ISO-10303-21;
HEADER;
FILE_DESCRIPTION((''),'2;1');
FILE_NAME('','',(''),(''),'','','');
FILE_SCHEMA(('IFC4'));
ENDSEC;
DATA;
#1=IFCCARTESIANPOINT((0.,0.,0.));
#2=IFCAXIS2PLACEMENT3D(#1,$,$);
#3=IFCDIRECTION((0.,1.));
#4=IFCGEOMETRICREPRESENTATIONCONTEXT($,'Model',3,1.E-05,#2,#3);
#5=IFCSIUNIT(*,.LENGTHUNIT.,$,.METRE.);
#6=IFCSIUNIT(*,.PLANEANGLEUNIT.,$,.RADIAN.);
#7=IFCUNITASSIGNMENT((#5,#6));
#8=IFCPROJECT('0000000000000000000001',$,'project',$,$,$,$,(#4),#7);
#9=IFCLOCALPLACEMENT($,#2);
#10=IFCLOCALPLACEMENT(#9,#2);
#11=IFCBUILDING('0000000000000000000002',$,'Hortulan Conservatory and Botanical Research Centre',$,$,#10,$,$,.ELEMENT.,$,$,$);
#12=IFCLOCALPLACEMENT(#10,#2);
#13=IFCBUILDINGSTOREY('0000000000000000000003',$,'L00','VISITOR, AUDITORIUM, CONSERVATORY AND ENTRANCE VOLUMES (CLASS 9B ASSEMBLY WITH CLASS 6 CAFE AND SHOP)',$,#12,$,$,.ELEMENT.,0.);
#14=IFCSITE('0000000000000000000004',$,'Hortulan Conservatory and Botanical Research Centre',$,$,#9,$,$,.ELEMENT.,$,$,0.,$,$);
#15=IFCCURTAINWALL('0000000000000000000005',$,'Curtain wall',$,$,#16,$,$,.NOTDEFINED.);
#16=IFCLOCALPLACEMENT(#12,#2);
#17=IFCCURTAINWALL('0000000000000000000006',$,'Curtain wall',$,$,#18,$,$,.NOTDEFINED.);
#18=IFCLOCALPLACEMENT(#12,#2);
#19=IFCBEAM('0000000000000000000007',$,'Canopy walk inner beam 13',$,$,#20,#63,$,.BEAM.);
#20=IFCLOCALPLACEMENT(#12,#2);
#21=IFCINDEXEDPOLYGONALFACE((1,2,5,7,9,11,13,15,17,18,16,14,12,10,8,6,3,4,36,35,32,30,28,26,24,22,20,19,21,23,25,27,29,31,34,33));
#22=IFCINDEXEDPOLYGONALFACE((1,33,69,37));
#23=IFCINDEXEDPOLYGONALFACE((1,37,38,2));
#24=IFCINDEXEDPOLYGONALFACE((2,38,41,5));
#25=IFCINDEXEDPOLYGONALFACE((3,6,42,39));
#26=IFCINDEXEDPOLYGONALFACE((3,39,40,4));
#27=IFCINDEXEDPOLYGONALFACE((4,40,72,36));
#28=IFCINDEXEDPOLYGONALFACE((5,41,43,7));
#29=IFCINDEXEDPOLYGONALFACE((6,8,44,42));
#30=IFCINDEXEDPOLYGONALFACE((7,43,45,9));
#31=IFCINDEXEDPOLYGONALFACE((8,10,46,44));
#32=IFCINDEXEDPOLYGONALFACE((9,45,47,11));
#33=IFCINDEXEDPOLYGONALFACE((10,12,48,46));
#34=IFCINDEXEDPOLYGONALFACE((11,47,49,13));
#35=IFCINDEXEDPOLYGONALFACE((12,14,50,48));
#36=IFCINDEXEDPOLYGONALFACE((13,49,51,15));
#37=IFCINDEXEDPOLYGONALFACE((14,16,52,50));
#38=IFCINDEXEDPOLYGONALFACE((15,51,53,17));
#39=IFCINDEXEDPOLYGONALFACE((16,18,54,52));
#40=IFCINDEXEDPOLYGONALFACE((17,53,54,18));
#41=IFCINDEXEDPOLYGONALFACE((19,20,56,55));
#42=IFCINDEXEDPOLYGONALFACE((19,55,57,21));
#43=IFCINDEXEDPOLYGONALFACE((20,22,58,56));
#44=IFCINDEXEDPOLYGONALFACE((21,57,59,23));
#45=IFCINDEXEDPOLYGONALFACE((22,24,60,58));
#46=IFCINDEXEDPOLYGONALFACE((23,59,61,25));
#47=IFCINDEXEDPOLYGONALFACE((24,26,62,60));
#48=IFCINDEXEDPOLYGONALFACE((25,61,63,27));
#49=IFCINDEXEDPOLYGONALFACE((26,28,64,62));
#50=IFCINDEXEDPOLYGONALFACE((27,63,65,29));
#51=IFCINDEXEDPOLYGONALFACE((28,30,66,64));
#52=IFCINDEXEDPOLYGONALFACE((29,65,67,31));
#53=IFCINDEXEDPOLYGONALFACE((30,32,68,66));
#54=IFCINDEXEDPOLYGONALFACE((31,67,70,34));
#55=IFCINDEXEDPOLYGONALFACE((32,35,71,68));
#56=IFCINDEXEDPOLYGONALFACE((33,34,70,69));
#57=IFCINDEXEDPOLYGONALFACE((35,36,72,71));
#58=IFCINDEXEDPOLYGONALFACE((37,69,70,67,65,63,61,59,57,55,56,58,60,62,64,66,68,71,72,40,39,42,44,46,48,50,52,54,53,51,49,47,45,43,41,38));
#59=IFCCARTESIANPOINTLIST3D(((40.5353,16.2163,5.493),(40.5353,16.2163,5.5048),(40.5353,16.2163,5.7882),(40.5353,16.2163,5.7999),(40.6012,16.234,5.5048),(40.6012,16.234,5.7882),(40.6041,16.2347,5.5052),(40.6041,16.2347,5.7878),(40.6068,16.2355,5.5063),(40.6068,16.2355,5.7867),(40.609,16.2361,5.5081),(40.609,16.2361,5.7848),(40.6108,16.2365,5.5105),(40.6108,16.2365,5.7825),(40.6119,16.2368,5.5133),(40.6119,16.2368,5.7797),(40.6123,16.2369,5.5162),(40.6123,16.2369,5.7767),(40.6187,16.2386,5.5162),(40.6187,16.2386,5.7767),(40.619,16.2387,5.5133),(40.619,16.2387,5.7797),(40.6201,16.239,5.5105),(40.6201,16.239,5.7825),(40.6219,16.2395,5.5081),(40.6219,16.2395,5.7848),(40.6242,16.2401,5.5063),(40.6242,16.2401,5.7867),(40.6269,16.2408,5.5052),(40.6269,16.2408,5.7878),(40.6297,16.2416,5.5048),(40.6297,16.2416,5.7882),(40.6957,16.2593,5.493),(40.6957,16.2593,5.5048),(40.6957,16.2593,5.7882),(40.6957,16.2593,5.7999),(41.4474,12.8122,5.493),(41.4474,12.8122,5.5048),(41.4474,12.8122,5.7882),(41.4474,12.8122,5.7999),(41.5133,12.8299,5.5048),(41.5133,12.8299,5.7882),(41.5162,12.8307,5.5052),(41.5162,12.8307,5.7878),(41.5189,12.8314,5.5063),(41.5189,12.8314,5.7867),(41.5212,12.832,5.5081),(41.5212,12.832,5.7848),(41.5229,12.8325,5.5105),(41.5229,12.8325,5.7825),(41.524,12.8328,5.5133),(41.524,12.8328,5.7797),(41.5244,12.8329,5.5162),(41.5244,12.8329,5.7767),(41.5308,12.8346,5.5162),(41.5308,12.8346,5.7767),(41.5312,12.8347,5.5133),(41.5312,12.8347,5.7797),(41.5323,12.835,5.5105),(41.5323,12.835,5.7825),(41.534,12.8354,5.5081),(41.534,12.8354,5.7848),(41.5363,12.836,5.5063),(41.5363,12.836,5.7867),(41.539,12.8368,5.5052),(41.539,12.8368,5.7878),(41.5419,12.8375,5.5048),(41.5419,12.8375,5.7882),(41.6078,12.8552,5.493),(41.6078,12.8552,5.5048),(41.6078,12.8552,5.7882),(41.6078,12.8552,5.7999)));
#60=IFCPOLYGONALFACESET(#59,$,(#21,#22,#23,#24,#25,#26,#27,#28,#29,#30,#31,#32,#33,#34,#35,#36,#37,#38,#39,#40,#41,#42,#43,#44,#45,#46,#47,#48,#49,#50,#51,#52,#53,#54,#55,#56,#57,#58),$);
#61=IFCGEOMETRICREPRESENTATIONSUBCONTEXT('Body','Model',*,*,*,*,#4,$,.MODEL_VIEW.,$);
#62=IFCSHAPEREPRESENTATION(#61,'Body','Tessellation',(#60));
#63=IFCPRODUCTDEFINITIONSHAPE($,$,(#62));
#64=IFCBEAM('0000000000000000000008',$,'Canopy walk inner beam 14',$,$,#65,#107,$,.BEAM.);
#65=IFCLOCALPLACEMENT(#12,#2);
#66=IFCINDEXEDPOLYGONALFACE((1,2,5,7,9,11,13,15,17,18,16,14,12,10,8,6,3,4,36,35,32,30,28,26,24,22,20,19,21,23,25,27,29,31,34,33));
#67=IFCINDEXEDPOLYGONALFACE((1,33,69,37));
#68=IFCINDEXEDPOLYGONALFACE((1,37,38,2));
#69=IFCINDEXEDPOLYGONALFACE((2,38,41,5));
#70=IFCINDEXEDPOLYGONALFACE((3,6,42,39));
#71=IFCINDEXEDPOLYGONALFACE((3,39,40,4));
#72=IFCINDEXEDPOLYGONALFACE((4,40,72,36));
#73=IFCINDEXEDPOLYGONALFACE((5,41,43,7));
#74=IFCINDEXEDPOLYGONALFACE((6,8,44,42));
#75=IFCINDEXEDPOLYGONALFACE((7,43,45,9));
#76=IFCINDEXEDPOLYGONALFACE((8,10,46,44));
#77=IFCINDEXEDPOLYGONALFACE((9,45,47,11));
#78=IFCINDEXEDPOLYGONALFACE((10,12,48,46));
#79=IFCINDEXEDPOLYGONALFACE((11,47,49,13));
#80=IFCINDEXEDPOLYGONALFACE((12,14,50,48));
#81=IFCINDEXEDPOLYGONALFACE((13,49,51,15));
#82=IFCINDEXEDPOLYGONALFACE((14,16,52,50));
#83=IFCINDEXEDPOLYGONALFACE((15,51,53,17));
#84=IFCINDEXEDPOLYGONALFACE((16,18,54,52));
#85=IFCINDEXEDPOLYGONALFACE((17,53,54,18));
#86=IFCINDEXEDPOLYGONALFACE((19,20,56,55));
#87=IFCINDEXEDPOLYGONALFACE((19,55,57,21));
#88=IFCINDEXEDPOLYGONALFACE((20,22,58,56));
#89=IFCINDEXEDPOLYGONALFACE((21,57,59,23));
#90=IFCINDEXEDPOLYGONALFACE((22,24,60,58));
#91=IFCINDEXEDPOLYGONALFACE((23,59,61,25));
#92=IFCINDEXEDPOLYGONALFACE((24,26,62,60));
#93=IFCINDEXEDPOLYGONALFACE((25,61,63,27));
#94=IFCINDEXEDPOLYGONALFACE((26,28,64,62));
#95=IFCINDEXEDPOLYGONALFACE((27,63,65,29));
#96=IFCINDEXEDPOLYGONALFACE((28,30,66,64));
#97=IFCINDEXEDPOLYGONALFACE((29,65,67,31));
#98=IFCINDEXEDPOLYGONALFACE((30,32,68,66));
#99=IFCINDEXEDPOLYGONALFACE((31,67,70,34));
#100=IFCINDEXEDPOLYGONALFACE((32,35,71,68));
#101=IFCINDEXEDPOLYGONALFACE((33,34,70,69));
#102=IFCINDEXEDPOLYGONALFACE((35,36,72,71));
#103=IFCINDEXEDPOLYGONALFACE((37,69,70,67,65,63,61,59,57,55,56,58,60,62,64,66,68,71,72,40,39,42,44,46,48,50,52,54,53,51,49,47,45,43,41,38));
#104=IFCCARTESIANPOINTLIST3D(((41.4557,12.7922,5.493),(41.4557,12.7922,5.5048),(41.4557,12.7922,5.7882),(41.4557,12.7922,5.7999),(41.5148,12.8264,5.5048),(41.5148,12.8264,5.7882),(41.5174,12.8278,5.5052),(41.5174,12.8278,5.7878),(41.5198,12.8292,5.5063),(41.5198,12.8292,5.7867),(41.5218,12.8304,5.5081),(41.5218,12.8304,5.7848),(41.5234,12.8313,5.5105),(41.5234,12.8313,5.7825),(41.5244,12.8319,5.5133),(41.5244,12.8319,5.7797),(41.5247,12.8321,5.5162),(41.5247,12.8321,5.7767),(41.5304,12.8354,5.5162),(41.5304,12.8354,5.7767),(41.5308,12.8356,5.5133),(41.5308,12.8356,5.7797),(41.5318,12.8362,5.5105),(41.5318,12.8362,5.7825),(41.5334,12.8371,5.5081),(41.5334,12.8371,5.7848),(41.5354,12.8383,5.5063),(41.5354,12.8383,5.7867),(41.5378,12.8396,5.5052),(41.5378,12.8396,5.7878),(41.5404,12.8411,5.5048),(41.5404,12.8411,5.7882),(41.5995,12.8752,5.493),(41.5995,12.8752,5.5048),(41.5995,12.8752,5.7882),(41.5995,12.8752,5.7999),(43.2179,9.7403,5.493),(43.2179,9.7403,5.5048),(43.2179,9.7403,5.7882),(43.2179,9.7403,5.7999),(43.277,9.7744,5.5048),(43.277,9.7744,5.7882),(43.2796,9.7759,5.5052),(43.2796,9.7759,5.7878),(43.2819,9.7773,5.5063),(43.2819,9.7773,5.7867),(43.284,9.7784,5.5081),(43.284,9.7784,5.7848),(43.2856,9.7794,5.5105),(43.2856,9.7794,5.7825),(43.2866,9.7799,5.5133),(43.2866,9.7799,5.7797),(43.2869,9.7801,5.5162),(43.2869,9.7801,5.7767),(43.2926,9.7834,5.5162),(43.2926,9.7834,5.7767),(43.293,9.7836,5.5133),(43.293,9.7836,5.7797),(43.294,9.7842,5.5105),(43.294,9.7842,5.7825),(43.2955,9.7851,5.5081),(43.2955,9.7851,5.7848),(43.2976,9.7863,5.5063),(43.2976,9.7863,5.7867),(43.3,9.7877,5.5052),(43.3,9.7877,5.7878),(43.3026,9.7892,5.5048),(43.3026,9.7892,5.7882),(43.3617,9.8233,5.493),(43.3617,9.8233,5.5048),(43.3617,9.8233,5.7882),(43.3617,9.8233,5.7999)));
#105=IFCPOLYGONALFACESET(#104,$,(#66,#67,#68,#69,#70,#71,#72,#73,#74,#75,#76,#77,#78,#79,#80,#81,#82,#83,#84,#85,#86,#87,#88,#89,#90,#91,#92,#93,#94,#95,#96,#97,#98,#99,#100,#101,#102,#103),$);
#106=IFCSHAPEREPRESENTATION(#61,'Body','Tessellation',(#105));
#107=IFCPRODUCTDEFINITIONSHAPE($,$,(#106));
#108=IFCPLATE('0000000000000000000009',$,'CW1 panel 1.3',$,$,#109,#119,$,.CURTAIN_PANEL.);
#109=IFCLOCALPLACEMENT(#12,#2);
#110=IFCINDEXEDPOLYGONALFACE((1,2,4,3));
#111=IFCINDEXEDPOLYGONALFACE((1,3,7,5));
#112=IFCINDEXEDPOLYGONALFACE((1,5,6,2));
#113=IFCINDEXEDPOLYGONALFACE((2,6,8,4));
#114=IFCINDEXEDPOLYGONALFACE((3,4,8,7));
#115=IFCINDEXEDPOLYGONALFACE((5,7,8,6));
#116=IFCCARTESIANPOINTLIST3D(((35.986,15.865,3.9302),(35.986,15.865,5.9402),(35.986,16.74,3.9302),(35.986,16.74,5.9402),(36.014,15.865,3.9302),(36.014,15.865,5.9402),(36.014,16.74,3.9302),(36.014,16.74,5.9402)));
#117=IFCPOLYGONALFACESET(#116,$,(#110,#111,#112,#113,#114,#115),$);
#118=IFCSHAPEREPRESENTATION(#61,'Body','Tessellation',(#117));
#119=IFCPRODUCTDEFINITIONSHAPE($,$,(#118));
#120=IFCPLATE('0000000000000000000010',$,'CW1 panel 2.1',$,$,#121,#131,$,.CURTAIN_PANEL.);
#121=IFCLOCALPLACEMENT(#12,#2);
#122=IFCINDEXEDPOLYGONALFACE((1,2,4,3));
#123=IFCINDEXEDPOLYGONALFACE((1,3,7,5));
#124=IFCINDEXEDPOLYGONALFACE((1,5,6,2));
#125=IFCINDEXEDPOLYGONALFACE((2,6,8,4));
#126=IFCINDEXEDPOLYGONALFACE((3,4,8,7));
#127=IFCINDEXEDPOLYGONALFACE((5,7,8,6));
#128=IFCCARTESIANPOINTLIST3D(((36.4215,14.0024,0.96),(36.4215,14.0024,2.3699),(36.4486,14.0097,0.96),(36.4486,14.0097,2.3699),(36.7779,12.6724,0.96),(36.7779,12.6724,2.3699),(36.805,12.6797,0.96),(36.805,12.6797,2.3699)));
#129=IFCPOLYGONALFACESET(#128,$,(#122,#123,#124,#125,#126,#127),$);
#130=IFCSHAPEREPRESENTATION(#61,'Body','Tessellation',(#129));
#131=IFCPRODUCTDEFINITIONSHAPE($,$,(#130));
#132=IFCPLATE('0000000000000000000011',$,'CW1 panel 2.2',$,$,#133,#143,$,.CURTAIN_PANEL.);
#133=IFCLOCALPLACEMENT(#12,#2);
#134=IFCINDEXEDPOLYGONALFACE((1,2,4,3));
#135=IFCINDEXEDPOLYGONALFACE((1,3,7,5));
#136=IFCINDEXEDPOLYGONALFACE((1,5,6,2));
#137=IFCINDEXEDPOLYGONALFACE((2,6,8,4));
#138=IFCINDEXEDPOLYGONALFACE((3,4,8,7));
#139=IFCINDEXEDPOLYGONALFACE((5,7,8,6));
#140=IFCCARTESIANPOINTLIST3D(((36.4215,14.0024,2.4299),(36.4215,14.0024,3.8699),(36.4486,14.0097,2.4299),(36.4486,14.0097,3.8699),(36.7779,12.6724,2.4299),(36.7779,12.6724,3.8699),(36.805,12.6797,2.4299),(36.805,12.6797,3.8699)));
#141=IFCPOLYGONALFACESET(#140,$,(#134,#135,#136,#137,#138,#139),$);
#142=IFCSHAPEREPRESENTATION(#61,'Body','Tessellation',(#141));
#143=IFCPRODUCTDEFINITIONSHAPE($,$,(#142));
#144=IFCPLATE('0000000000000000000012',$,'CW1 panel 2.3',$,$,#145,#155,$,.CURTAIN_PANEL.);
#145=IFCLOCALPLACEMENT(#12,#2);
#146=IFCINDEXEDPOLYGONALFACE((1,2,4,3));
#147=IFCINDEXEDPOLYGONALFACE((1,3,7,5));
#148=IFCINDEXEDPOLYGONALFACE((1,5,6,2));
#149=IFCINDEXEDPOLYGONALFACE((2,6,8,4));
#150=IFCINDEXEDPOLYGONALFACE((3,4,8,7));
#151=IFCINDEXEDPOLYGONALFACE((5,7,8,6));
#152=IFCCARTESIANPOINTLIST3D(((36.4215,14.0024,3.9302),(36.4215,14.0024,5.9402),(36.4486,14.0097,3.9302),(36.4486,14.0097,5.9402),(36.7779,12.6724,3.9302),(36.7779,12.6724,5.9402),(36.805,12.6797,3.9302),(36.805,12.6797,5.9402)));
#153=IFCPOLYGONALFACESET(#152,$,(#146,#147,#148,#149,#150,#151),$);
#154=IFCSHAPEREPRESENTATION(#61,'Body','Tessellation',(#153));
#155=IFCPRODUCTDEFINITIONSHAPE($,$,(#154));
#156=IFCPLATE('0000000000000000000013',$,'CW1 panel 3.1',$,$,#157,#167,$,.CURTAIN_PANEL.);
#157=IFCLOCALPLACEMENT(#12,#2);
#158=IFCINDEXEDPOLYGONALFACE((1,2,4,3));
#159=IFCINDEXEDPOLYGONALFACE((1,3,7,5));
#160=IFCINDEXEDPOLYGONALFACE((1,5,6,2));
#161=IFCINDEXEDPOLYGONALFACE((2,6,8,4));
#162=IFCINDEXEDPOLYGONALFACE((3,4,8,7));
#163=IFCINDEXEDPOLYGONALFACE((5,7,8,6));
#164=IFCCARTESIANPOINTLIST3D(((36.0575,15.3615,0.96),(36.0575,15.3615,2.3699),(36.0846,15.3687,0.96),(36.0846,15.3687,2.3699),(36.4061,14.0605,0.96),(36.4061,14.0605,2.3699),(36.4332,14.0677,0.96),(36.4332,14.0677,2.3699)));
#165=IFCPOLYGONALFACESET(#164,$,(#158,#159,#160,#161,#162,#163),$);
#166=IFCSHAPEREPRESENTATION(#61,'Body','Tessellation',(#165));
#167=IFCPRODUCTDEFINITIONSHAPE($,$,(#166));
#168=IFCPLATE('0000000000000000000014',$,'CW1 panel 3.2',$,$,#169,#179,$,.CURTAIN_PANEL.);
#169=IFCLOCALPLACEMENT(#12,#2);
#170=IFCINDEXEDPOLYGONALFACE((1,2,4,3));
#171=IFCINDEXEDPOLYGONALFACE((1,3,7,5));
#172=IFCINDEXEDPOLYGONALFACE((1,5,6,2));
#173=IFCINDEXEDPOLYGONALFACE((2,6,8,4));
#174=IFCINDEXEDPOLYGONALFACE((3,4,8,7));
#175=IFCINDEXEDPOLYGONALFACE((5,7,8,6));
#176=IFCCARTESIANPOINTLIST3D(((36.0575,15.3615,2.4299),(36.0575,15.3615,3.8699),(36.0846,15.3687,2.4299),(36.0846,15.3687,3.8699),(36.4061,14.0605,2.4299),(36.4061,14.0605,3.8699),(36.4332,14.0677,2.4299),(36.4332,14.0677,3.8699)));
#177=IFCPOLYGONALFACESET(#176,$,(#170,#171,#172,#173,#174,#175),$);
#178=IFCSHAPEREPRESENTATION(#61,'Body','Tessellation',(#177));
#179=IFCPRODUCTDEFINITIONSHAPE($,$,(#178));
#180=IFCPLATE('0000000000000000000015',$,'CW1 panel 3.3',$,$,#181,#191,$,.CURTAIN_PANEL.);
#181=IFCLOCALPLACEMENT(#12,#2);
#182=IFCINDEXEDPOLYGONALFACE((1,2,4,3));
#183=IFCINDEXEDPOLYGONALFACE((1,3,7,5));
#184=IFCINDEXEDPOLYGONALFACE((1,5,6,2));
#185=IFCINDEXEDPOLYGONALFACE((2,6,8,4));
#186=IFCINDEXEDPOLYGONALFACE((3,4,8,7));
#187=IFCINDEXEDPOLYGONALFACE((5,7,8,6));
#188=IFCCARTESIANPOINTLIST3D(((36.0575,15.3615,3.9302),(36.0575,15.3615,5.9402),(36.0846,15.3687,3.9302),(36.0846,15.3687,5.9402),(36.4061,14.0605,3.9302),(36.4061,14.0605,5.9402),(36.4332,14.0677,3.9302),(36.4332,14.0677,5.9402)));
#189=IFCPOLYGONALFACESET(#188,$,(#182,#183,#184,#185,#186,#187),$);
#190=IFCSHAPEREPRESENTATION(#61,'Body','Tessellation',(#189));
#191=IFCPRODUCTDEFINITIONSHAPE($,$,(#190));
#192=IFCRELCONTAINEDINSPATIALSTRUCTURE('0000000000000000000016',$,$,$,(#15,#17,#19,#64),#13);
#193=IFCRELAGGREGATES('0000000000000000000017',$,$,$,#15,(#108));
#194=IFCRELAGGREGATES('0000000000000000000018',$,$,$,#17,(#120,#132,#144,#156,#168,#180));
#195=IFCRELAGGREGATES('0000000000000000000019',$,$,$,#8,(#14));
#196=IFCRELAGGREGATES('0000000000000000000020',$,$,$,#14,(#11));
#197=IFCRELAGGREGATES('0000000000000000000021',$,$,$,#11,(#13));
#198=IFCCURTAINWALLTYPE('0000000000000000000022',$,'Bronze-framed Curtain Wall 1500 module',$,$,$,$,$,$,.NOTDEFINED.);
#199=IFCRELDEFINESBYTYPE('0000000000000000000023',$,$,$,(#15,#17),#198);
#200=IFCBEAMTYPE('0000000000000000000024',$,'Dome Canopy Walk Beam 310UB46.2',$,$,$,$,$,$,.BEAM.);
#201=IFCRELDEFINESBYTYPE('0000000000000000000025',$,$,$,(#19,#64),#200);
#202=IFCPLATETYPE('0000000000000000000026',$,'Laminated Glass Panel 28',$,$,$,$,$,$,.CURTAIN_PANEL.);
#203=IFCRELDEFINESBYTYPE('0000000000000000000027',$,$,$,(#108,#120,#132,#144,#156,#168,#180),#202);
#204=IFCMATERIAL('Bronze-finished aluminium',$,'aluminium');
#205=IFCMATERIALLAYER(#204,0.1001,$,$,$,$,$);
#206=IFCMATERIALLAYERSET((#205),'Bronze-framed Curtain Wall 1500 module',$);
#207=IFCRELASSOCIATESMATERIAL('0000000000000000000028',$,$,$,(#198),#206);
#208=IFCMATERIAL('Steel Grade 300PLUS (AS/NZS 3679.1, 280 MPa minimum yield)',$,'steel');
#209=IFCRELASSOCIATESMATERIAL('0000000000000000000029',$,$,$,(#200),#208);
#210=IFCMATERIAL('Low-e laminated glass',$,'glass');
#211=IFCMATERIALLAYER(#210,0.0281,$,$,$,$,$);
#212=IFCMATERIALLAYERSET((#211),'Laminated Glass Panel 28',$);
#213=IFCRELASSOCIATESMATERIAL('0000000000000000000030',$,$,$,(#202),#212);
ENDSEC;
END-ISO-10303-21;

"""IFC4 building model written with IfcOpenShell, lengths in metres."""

from ifc_helpers import new_model, si_unit, direction, frame, origin, origin_2d, place, context, subcontext, project, spatial, rectangle, i_section, extrude, material, layer, layer_set, material_profile, profile_set, type_object, element, aggregate, save


model = new_model("IFC4")

# Units and contexts
model_context = context("Model", 3, precision=1e-05, world=origin(), true_north=direction((0.0, 1.0)))
body_context = subcontext(model_context, "Body", "Model", "MODEL_VIEW")
ifc_project = project(units=[si_unit("LENGTHUNIT", "METRE"), si_unit("PLANEANGLEUNIT", "RADIAN")], contexts=[model_context])

# Site, building, storey
site_placement = place(None, origin())
site = spatial("IfcSite", under=ifc_project, at=site_placement, Name="Hortulan Conservatory and Botanical Research Centre", CompositionType="ELEMENT", RefElevation=0.0)
building_placement = place(site_placement, origin())
building = spatial("IfcBuilding", under=site, at=building_placement, Name="Hortulan Conservatory and Botanical Research Centre", CompositionType="ELEMENT")
storey_placement = place(building_placement, origin())
storey = spatial("IfcBuildingStorey", under=building, at=storey_placement, Name="L00", Description="VISITOR, AUDITORIUM, CONSERVATORY AND ENTRANCE VOLUMES (CLASS 9B ASSEMBLY WITH CLASS 6 CAFE AND SHOP)", CompositionType="ELEMENT", Elevation=0.0)

# Curtain wall
ifc_material_1 = material(Name="Bronze-finished aluminium", Category="aluminium")
ifc_layer_1 = layer(ifc_material_1, 0.1001)
ifc_layer_set_1 = layer_set([ifc_layer_1], Name="Bronze-framed Curtain Wall 1500 module")
curtain_wall_type = type_object("IfcCurtainWallType", Name="Bronze-framed Curtain Wall 1500 module", PredefinedType="NOTDEFINED", material=ifc_layer_set_1)
curtain_wall_1_placement = place(storey_placement, origin())
curtain_wall_1 = element("IfcCurtainWall", 1, at=curtain_wall_1_placement, inside=storey, type_object=curtain_wall_type, Name="Curtain wall", PredefinedType="NOTDEFINED")

# Curtain wall
curtain_wall_2_placement = place(storey_placement, origin())
curtain_wall_2 = element("IfcCurtainWall", 2, at=curtain_wall_2_placement, inside=storey, type_object=curtain_wall_type, Name="Curtain wall", PredefinedType="NOTDEFINED")

# Beams
ifc_material_2 = material(Name="Steel Grade 300PLUS (AS/NZS 3679.1, 280 MPa minimum yield)", Category="steel")
ifc_material_profile_1 = material_profile(ifc_material_2, i_section(OverallWidth=0.166, OverallDepth=0.3069, WebThickness=0.0066, FlangeThickness=0.0117, FilletRadius=0.0115, at=origin_2d()), Name="310UB46.2")
ifc_profile_set_1 = profile_set([ifc_material_profile_1], Name="Steel Grade 300PLUS (AS/NZS 3679.1, 280 MPa minimum yield)")
beam_type = type_object("IfcBeamType", Name="Dome Canopy Walk Beam 310UB46.2", PredefinedType="BEAM", material=ifc_profile_set_1)
for number, where, z_axis, x_axis, name in (
    (3, (40.6155, 16.2378, 5.6465), (0.258818, -0.965926, 0.0), (0.965926, 0.258818, 0.0), "Canopy walk inner beam 13"),
    (4, (41.5276, 12.8337, 5.6465), (0.500028, -0.866009, 0.0), (0.866009, 0.500028, 0.0), "Canopy walk inner beam 14"),
):
    element("IfcBeam", number, at=place(storey_placement, frame(where, z_axis=z_axis, x_axis=x_axis)), inside=storey, type_object=beam_type, Name=name, PredefinedType="BEAM", context=body_context, shape_type="SweptSolid", body=[
        extrude(i_section(OverallWidth=0.166, OverallDepth=0.3069, WebThickness=0.0066, FlangeThickness=0.0117, FilletRadius=0.0115, at=origin_2d()), origin(), (0.0, 0.0, 1.0), 3.5242),
    ])

# Plates
ifc_material_3 = material(Name="Low-e laminated glass", Category="glass")
ifc_layer_2 = layer(ifc_material_3, 0.0281)
ifc_layer_set_2 = layer_set([ifc_layer_2], Name="Laminated Glass Panel 28")
plate_type = type_object("IfcPlateType", Name="Laminated Glass Panel 28", PredefinedType="CURTAIN_PANEL", material=ifc_layer_set_2)
plate_1_placement = place(storey_placement, frame((36.0, 16.3025, 3.9302), z_axis=(0.0, 0.0, 1.0), x_axis=(0.0, 1.0, 0.0)))
plate_1 = element("IfcPlate", 5, at=plate_1_placement, type_object=plate_type, Name="CW1 panel 1.3", PredefinedType="CURTAIN_PANEL", context=body_context, shape_type="SweptSolid", body=[
    extrude(rectangle(XDim=0.875, YDim=0.0281, at=origin_2d()), origin(), (0.0, 0.0, 1.0), 2.01),
])
aggregate(curtain_wall_1, [plate_1])
plate_2_placement = place(storey_placement, frame((36.6133, 13.3411, 0.96), z_axis=(0.0, 0.0, 1.0), x_axis=(-0.258832, 0.965922, 0.0)))
plate_2 = element("IfcPlate", 6, at=plate_2_placement, type_object=plate_type, Name="CW1 panel 2.1", PredefinedType="CURTAIN_PANEL", context=body_context, shape_type="SweptSolid", body=[
    extrude(rectangle(XDim=1.377, YDim=0.0281, at=origin_2d()), origin(), (0.0, 0.0, 1.0), 1.4099),
])
plate_3_placement = place(storey_placement, frame((36.6133, 13.3411, 2.4299), z_axis=(0.0, 0.0, 1.0), x_axis=(-0.258832, 0.965922, 0.0)))
plate_3 = element("IfcPlate", 7, at=plate_3_placement, type_object=plate_type, Name="CW1 panel 2.2", PredefinedType="CURTAIN_PANEL", context=body_context, shape_type="SweptSolid", body=[
    extrude(rectangle(XDim=1.377, YDim=0.0281, at=origin_2d()), origin(), (0.0, 0.0, 1.0), 1.4399),
])
plate_4_placement = place(storey_placement, frame((36.6133, 13.3411, 3.9302), z_axis=(0.0, 0.0, 1.0), x_axis=(-0.258832, 0.965922, 0.0)))
plate_4 = element("IfcPlate", 8, at=plate_4_placement, type_object=plate_type, Name="CW1 panel 2.3", PredefinedType="CURTAIN_PANEL", context=body_context, shape_type="SweptSolid", body=[
    extrude(rectangle(XDim=1.377, YDim=0.0281, at=origin_2d()), origin(), (0.0, 0.0, 1.0), 2.01),
])
plate_5_placement = place(storey_placement, frame((36.2454, 14.7146, 0.96), z_axis=(0.0, 0.0, 1.0), x_axis=(-0.258832, 0.965922, 0.0)))
plate_5 = element("IfcPlate", 9, at=plate_5_placement, type_object=plate_type, Name="CW1 panel 3.1", PredefinedType="CURTAIN_PANEL", context=body_context, shape_type="SweptSolid", body=[
    extrude(rectangle(XDim=1.3469, YDim=0.0281, at=origin_2d()), origin(), (0.0, 0.0, 1.0), 1.4099),
])
plate_6_placement = place(storey_placement, frame((36.2454, 14.7146, 2.4299), z_axis=(0.0, 0.0, 1.0), x_axis=(-0.258832, 0.965922, 0.0)))
plate_6 = element("IfcPlate", 10, at=plate_6_placement, type_object=plate_type, Name="CW1 panel 3.2", PredefinedType="CURTAIN_PANEL", context=body_context, shape_type="SweptSolid", body=[
    extrude(rectangle(XDim=1.3469, YDim=0.0281, at=origin_2d()), origin(), (0.0, 0.0, 1.0), 1.4399),
])
plate_7_placement = place(storey_placement, frame((36.2454, 14.7146, 3.9302), z_axis=(0.0, 0.0, 1.0), x_axis=(-0.258832, 0.965922, 0.0)))
plate_7 = element("IfcPlate", 11, at=plate_7_placement, type_object=plate_type, Name="CW1 panel 3.3", PredefinedType="CURTAIN_PANEL", context=body_context, shape_type="SweptSolid", body=[
    extrude(rectangle(XDim=1.3469, YDim=0.0281, at=origin_2d()), origin(), (0.0, 0.0, 1.0), 2.01),
])
aggregate(curtain_wall_2, [plate_2, plate_3, plate_4, plate_5, plate_6, plate_7])

save(model, "model.ifc")
